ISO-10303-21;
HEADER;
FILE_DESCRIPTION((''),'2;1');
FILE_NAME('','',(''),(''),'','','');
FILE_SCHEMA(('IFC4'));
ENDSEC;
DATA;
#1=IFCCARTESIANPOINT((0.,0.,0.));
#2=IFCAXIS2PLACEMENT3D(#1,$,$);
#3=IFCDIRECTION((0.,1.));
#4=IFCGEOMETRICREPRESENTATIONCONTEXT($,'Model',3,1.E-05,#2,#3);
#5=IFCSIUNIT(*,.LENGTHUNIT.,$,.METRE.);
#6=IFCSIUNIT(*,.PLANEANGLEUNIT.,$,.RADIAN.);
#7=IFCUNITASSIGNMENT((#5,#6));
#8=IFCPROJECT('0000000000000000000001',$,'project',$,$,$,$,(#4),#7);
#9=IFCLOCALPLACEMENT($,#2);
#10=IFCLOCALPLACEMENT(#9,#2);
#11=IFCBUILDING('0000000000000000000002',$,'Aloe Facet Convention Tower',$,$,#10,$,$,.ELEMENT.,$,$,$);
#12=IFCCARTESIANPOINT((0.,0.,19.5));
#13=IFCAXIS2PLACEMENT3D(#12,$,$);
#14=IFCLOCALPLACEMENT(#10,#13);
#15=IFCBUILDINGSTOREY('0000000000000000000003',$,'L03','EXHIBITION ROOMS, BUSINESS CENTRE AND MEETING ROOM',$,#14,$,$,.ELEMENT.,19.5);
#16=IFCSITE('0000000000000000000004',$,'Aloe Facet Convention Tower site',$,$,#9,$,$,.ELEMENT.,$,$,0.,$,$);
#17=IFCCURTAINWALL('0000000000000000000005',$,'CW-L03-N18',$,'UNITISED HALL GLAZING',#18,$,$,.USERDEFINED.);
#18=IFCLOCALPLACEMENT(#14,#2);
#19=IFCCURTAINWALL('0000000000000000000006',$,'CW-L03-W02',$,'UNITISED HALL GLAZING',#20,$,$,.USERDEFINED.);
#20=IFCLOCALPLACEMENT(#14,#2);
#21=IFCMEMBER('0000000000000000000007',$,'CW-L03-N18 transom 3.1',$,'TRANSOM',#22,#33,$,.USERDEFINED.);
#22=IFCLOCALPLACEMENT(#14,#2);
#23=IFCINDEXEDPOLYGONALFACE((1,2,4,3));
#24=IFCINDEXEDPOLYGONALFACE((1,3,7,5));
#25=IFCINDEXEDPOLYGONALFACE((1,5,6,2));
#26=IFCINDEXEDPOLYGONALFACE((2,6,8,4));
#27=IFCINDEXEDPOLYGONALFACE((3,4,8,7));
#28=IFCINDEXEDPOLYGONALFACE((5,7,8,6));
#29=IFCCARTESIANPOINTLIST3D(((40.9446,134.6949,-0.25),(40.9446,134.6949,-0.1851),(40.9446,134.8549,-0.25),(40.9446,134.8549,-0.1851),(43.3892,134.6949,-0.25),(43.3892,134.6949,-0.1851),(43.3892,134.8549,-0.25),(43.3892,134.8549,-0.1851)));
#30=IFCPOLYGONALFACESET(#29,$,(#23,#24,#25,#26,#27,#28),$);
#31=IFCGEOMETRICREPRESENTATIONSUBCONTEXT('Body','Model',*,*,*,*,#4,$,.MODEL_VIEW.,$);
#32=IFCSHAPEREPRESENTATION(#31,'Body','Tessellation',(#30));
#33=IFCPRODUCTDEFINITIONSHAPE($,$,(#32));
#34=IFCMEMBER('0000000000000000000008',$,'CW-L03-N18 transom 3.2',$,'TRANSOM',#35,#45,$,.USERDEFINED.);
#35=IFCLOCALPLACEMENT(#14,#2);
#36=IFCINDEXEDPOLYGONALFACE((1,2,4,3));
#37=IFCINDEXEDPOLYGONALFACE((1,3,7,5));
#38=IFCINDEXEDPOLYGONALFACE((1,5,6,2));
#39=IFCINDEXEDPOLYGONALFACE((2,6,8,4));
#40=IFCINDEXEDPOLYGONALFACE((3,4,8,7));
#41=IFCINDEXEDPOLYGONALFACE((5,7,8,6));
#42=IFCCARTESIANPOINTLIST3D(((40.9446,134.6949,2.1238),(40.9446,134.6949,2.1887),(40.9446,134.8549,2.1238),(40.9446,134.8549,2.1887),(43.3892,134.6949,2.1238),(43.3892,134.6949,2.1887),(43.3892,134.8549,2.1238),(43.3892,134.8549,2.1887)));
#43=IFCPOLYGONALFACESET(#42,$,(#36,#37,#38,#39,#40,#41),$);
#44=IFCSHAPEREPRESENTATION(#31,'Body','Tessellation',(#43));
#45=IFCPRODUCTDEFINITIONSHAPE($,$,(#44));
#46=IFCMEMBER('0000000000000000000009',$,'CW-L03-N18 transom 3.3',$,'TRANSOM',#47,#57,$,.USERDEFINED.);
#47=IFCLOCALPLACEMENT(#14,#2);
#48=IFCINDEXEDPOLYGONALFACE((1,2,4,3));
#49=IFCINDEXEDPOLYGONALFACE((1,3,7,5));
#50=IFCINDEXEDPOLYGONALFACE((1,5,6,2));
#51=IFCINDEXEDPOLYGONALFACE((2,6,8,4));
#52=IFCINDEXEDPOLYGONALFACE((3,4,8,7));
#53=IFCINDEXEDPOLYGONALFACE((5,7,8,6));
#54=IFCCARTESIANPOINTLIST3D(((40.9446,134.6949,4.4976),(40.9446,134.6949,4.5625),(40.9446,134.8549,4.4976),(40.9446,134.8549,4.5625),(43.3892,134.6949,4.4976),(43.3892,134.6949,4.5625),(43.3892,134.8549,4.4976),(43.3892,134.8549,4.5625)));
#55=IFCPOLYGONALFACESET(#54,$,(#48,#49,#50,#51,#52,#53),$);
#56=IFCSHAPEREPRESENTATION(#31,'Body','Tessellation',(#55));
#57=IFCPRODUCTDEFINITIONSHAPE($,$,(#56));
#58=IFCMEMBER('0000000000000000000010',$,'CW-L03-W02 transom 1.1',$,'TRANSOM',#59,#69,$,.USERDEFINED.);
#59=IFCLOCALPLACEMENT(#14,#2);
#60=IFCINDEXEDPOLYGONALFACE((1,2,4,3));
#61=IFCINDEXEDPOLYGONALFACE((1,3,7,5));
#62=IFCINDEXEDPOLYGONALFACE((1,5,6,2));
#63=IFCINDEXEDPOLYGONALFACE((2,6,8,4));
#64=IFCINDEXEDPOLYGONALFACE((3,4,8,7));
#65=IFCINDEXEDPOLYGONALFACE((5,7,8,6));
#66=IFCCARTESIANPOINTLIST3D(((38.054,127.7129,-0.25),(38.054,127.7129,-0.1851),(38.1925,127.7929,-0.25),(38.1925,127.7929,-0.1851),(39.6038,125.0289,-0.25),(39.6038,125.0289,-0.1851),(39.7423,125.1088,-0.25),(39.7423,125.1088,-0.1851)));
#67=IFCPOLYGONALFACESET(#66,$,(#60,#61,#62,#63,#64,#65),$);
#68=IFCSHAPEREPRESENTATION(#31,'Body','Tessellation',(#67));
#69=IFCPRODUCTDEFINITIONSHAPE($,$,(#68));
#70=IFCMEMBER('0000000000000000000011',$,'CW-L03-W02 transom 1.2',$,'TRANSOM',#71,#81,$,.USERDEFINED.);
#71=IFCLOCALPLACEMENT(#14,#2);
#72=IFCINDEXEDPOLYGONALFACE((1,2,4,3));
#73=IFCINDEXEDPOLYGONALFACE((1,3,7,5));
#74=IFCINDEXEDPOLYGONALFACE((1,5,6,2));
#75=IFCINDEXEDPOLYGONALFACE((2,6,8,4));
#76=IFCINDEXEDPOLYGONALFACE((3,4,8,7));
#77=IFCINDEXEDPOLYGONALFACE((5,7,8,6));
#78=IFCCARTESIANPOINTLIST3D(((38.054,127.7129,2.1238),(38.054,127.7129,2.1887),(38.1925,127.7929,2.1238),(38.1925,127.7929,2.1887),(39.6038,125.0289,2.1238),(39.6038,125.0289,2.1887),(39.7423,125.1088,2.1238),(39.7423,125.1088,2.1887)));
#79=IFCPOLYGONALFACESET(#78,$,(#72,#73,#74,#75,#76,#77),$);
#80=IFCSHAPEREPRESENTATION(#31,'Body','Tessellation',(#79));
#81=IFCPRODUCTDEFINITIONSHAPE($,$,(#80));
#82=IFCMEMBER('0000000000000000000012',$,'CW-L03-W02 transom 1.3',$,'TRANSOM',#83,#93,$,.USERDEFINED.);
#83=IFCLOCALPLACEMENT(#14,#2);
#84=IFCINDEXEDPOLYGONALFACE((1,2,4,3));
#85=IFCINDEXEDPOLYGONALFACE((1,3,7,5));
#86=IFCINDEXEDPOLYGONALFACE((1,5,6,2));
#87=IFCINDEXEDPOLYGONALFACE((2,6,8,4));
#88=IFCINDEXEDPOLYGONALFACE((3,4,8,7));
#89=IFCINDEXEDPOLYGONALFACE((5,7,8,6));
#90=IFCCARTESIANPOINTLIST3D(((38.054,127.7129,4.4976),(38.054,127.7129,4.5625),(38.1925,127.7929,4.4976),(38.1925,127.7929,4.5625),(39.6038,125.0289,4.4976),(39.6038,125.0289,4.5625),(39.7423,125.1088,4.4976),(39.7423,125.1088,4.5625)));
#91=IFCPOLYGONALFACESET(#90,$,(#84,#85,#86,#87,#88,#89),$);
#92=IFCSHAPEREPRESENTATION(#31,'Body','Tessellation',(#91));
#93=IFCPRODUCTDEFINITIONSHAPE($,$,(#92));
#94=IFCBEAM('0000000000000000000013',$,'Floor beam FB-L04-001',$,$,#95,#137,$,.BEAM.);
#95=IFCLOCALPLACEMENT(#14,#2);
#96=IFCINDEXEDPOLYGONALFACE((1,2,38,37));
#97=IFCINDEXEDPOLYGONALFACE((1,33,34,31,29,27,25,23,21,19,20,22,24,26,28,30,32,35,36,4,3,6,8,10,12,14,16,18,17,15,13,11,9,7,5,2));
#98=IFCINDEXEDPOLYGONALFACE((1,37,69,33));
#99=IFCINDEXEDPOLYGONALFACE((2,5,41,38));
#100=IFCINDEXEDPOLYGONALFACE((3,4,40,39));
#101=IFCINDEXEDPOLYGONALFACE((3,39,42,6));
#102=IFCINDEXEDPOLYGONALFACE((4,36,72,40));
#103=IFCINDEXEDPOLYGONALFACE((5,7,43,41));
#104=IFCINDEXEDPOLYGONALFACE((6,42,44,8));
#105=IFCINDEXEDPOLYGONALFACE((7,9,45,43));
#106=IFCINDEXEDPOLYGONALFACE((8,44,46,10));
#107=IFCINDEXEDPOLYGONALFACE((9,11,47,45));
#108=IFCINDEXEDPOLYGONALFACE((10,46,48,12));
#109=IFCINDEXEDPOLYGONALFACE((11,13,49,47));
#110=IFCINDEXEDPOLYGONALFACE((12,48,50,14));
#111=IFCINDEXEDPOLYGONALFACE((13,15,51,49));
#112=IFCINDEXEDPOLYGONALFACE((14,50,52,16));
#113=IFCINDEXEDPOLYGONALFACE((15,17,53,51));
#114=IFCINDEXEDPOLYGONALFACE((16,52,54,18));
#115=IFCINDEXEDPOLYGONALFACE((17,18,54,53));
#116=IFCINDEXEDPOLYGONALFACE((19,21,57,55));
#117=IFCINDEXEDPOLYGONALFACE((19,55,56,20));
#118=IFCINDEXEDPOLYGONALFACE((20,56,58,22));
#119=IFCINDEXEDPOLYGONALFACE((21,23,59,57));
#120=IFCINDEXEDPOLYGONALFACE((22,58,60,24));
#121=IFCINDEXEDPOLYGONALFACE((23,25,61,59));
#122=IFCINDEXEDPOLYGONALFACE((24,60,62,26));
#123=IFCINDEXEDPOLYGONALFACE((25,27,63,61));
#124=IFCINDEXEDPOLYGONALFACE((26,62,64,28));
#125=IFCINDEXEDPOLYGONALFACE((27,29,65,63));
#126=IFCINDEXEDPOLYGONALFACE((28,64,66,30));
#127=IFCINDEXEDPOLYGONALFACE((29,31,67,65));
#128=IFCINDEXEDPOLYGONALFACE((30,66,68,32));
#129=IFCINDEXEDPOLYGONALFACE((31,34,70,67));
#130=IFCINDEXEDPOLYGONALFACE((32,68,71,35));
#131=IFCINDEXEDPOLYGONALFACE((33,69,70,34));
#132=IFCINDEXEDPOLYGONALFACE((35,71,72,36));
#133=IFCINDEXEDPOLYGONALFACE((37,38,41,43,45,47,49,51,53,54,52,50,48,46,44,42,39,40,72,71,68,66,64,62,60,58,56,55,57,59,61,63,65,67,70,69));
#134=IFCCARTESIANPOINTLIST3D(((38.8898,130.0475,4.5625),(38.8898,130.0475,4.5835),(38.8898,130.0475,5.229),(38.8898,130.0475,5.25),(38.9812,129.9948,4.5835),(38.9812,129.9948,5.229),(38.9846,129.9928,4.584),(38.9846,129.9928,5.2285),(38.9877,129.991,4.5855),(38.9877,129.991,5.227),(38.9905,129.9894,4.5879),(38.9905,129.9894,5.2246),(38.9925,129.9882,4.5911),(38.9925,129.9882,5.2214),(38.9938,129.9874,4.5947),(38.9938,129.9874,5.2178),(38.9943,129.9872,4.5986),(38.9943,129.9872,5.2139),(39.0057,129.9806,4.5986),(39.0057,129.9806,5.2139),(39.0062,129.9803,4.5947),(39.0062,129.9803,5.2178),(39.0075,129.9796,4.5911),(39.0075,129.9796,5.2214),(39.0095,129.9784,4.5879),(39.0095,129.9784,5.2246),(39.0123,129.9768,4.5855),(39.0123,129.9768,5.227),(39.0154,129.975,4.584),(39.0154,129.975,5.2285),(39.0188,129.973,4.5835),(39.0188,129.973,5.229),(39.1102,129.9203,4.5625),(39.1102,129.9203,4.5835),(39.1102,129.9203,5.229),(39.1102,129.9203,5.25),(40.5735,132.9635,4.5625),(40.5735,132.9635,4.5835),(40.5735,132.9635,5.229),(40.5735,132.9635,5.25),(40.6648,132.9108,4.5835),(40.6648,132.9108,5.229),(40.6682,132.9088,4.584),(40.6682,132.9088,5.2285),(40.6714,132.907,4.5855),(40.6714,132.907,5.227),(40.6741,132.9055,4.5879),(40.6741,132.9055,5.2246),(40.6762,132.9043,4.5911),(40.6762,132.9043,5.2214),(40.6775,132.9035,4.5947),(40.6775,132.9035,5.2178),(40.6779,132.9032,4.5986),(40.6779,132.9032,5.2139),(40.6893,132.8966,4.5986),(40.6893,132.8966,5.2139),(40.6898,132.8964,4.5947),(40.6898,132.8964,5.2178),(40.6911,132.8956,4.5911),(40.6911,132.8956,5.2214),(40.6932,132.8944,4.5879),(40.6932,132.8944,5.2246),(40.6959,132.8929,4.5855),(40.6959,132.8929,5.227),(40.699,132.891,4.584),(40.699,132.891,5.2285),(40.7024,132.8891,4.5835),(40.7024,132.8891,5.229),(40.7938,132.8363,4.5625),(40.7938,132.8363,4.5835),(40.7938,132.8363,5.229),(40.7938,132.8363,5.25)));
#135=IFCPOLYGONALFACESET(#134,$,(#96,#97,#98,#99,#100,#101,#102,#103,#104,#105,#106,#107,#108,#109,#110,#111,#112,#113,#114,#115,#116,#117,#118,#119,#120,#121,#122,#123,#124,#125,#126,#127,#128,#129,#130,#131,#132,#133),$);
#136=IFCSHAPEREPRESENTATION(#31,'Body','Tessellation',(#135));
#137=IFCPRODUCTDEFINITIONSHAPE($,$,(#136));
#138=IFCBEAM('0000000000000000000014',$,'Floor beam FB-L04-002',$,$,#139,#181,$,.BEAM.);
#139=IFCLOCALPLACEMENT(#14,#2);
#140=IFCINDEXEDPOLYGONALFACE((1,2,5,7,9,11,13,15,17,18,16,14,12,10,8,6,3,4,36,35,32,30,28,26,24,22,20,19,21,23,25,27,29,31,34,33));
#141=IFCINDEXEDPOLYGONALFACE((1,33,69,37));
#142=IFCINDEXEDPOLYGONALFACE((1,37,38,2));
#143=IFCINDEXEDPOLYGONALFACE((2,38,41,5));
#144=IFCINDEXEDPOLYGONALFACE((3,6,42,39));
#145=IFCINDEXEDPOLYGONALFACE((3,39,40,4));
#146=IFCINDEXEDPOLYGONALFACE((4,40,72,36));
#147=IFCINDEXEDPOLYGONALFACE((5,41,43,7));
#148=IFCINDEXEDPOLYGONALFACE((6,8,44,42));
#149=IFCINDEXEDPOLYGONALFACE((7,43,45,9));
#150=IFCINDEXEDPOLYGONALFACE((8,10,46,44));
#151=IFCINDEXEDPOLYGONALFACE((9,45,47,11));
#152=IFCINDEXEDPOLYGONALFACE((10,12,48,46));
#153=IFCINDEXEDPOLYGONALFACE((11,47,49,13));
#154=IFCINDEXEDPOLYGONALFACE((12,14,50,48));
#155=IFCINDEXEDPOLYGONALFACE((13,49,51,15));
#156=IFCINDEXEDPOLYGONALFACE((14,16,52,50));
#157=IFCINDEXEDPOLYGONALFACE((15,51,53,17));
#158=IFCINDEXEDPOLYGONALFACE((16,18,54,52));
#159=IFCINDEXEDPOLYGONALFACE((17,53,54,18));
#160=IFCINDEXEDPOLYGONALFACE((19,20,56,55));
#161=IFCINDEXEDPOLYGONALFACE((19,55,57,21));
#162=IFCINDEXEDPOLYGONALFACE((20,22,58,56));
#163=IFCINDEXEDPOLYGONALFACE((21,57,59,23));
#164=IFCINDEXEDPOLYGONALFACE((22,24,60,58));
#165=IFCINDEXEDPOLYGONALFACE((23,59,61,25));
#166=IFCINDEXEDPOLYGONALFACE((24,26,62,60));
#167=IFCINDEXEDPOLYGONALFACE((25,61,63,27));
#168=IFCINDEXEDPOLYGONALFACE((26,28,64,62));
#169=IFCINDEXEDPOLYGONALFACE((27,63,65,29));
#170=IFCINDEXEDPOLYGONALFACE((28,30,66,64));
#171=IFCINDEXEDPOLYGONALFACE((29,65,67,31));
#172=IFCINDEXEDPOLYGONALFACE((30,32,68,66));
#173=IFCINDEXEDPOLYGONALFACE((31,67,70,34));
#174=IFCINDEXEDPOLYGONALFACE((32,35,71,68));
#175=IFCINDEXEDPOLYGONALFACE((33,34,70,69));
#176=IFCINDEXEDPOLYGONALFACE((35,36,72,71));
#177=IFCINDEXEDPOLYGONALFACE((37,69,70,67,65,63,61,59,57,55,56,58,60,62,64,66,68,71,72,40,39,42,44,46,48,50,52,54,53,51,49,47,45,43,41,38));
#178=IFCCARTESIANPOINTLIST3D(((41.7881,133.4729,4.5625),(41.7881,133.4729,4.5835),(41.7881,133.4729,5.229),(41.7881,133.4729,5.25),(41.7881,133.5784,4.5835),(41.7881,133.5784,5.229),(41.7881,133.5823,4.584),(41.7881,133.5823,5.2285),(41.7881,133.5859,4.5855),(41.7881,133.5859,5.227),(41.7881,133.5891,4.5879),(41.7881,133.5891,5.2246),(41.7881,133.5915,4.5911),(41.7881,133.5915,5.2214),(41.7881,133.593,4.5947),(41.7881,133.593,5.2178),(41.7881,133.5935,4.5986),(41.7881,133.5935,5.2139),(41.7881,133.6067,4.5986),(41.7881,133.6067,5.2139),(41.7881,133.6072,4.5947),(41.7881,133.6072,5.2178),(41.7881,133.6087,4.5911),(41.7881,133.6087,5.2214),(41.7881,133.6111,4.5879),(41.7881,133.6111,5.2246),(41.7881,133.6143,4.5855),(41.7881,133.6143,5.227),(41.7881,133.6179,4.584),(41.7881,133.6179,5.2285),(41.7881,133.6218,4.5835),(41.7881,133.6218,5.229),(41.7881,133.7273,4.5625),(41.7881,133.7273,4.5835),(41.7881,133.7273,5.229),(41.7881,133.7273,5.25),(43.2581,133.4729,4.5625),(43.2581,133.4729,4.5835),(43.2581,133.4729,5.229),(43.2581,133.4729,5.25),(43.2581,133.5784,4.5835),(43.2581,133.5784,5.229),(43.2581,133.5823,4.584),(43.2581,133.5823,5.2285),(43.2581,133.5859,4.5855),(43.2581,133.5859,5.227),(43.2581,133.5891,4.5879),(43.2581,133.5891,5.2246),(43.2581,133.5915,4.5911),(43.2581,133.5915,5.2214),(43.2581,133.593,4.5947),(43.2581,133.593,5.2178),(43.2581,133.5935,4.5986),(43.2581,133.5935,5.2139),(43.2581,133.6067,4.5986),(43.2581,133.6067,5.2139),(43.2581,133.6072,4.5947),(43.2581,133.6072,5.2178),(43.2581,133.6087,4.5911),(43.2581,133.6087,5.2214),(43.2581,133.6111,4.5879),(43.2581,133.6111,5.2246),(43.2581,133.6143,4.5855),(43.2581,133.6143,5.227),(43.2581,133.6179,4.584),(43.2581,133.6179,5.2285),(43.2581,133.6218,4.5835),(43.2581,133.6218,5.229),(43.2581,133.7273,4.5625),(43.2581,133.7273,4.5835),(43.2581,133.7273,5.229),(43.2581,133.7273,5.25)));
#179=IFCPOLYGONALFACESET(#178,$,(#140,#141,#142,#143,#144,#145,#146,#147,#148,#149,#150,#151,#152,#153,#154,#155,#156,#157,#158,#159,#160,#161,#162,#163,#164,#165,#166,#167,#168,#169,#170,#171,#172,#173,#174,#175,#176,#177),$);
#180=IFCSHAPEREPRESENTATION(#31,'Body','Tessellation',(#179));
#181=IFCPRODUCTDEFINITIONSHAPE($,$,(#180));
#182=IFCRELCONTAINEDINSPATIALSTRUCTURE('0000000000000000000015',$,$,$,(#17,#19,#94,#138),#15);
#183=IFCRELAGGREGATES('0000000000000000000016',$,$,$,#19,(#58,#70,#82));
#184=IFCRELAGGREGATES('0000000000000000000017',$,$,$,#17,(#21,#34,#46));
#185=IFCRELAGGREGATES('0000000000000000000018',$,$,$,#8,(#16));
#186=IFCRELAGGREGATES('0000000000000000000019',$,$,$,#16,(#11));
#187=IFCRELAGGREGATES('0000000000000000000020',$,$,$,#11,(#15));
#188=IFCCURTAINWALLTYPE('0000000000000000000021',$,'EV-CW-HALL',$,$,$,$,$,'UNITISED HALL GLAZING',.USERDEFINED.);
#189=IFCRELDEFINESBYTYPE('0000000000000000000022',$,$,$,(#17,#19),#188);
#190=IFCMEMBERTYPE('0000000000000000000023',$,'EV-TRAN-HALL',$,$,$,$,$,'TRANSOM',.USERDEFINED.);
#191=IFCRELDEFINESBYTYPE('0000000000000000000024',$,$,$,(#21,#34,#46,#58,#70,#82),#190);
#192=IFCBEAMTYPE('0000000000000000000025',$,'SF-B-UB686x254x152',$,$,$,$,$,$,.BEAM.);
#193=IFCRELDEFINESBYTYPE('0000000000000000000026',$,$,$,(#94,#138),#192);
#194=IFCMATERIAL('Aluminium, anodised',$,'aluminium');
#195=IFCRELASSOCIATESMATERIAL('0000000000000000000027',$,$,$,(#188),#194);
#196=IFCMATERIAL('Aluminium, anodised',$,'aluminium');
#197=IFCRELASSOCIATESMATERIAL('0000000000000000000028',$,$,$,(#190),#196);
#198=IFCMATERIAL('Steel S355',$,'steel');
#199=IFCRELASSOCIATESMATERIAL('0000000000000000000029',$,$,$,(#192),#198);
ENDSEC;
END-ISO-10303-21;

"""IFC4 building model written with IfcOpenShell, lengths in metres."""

from ifc_helpers import new_model, si_unit, direction, frame, origin, origin_2d, place, context, subcontext, project, spatial, rectangle, i_section, extrude, material, material_profile, profile_set, type_object, element, aggregate, save


model = new_model("IFC4")

# Units and contexts
model_context = context("Model", 3, precision=1e-05, world=origin(), true_north=direction((0.0, 1.0)))
body_context = subcontext(model_context, "Body", "Model", "MODEL_VIEW")
ifc_project = project(units=[si_unit("LENGTHUNIT", "METRE"), si_unit("PLANEANGLEUNIT", "RADIAN")], contexts=[model_context])

# Site, building, storey
site_placement = place(None, origin())
site = spatial("IfcSite", under=ifc_project, at=site_placement, Name="Aloe Facet Convention Tower site", CompositionType="ELEMENT", RefElevation=0.0)
building_placement = place(site_placement, origin())
building = spatial("IfcBuilding", under=site, at=building_placement, Name="Aloe Facet Convention Tower", CompositionType="ELEMENT")
storey_placement = place(building_placement, frame((0.0, 0.0, 19.5)))
storey = spatial("IfcBuildingStorey", under=building, at=storey_placement, Name="L03", Description="EXHIBITION ROOMS, BUSINESS CENTRE AND MEETING ROOM", CompositionType="ELEMENT", Elevation=19.5)

# Curtain wall
ifc_material_1 = material(Name="Aluminium, anodised", Category="aluminium")
curtain_wall_type = type_object("IfcCurtainWallType", Name="EV-CW-HALL", ElementType="UNITISED HALL GLAZING", PredefinedType="USERDEFINED", material=ifc_material_1)
curtain_wall_1_placement = place(storey_placement, origin())
curtain_wall_1 = element("IfcCurtainWall", 1, at=curtain_wall_1_placement, inside=storey, type_object=curtain_wall_type, Name="CW-L03-N18", ObjectType="UNITISED HALL GLAZING", PredefinedType="USERDEFINED")

# Curtain wall
curtain_wall_2_placement = place(storey_placement, origin())
curtain_wall_2 = element("IfcCurtainWall", 2, at=curtain_wall_2_placement, inside=storey, type_object=curtain_wall_type, Name="CW-L03-W02", ObjectType="UNITISED HALL GLAZING", PredefinedType="USERDEFINED")

# Members
ifc_material_2 = material(Name="Aluminium, anodised", Category="aluminium")
ifc_material_profile_1 = material_profile(ifc_material_2, rectangle(XDim=0.1599, YDim=0.0649, at=origin_2d()), Name="AL 160x65")
ifc_profile_set_1 = profile_set([ifc_material_profile_1], Name="Aluminium, anodised")
member_type_1 = type_object("IfcMemberType", Name="EV-TRAN-HALL", ElementType="TRANSOM", PredefinedType="USERDEFINED", material=ifc_profile_set_1)
member_1_placement = place(storey_placement, frame((43.3892, 134.7749, -0.2175), z_axis=(-1.0, 0.0, 0.0), x_axis=(0.0, -1.0, 0.0)))
member_1 = element("IfcMember", 3, at=member_1_placement, type_object=member_type_1, Name="CW-L03-N18 transom 3.1", ObjectType="TRANSOM", PredefinedType="USERDEFINED", context=body_context, shape_type="SweptSolid", body=[
    extrude(rectangle(XDim=0.1599, YDim=0.0649, at=origin_2d()), origin(), (0.0, 0.0, 1.0), 2.4446),
])
member_2_placement = place(storey_placement, frame((43.3892, 134.7749, 2.1562), z_axis=(-1.0, 0.0, 0.0), x_axis=(0.0, -1.0, 0.0)))
member_2 = element("IfcMember", 4, at=member_2_placement, type_object=member_type_1, Name="CW-L03-N18 transom 3.2", ObjectType="TRANSOM", PredefinedType="USERDEFINED", context=body_context, shape_type="SweptSolid", body=[
    extrude(rectangle(XDim=0.1599, YDim=0.0649, at=origin_2d()), origin(), (0.0, 0.0, 1.0), 2.4446),
])
member_3_placement = place(storey_placement, frame((43.3892, 134.7749, 4.53), z_axis=(-1.0, 0.0, 0.0), x_axis=(0.0, -1.0, 0.0)))
member_3 = element("IfcMember", 5, at=member_3_placement, type_object=member_type_1, Name="CW-L03-N18 transom 3.3", ObjectType="TRANSOM", PredefinedType="USERDEFINED", context=body_context, shape_type="SweptSolid", body=[
    extrude(rectangle(XDim=0.1599, YDim=0.0649, at=origin_2d()), origin(), (0.0, 0.0, 1.0), 2.4446),
])
member_4_placement = place(storey_placement, frame((38.1233, 127.7529, -0.2175), z_axis=(0.500036, -0.866005, 0.0), x_axis=(0.866005, 0.500036, 0.0)))
member_4 = element("IfcMember", 6, at=member_4_placement, type_object=member_type_1, Name="CW-L03-W02 transom 1.1", ObjectType="TRANSOM", PredefinedType="USERDEFINED", context=body_context, shape_type="SweptSolid", body=[
    extrude(rectangle(XDim=0.1599, YDim=0.0649, at=origin_2d()), origin(), (0.0, 0.0, 1.0), 3.0994),
])
member_5_placement = place(storey_placement, frame((38.1233, 127.7529, 2.1562), z_axis=(0.500036, -0.866005, 0.0), x_axis=(0.866005, 0.500036, 0.0)))
member_5 = element("IfcMember", 7, at=member_5_placement, type_object=member_type_1, Name="CW-L03-W02 transom 1.2", ObjectType="TRANSOM", PredefinedType="USERDEFINED", context=body_context, shape_type="SweptSolid", body=[
    extrude(rectangle(XDim=0.1599, YDim=0.0649, at=origin_2d()), origin(), (0.0, 0.0, 1.0), 3.0994),
])
member_6_placement = place(storey_placement, frame((38.1233, 127.7529, 4.53), z_axis=(0.500036, -0.866005, 0.0), x_axis=(0.866005, 0.500036, 0.0)))
member_6 = element("IfcMember", 8, at=member_6_placement, type_object=member_type_1, Name="CW-L03-W02 transom 1.3", ObjectType="TRANSOM", PredefinedType="USERDEFINED", context=body_context, shape_type="SweptSolid", body=[
    extrude(rectangle(XDim=0.1599, YDim=0.0649, at=origin_2d()), origin(), (0.0, 0.0, 1.0), 3.0994),
])
aggregate(curtain_wall_2, [member_4, member_5, member_6])

# Beams
ifc_material_3 = material(Name="Steel S355", Category="steel")
ifc_material_profile_2 = material_profile(ifc_material_3, i_section(OverallWidth=0.2544, OverallDepth=0.6875, WebThickness=0.0132, FlangeThickness=0.021, FilletRadius=0.0151, at=origin_2d()), Name="UB 686x254x152")
ifc_profile_set_2 = profile_set([ifc_material_profile_2], Name="Steel S355")
beam_type_1 = type_object("IfcBeamType", Name="SF-B-UB686x254x152", PredefinedType="BEAM", material=ifc_profile_set_2)
beam_1_placement = place(storey_placement, frame((39.0, 129.9839, 4.9062), z_axis=(0.500007, 0.866021, 0.0), x_axis=(-0.866021, 0.500007, 0.0)))
element("IfcBeam", 9, at=beam_1_placement, inside=storey, type_object=beam_type_1, Name="Floor beam FB-L04-001", PredefinedType="BEAM", context=body_context, shape_type="SweptSolid", body=[
    extrude(i_section(OverallWidth=0.2544, OverallDepth=0.6875, WebThickness=0.0132, FlangeThickness=0.021, FilletRadius=0.0151, at=origin_2d()), origin(), (0.0, 0.0, 1.0), 3.3672),
])
beam_2_placement = place(storey_placement, frame((41.7881, 133.6001, 4.9062), z_axis=(1.0, 0.0, 0.0), x_axis=(0.0, 1.0, 0.0)))
element("IfcBeam", 10, at=beam_2_placement, inside=storey, type_object=beam_type_1, Name="Floor beam FB-L04-002", PredefinedType="BEAM", context=body_context, shape_type="SweptSolid", body=[
    extrude(i_section(OverallWidth=0.2544, OverallDepth=0.6875, WebThickness=0.0132, FlangeThickness=0.021, FilletRadius=0.0151, at=origin_2d()), origin(), (0.0, 0.0, 1.0), 1.47),
])

aggregate(curtain_wall_1, [member_1, member_2, member_3])

save(model, "model.ifc")
